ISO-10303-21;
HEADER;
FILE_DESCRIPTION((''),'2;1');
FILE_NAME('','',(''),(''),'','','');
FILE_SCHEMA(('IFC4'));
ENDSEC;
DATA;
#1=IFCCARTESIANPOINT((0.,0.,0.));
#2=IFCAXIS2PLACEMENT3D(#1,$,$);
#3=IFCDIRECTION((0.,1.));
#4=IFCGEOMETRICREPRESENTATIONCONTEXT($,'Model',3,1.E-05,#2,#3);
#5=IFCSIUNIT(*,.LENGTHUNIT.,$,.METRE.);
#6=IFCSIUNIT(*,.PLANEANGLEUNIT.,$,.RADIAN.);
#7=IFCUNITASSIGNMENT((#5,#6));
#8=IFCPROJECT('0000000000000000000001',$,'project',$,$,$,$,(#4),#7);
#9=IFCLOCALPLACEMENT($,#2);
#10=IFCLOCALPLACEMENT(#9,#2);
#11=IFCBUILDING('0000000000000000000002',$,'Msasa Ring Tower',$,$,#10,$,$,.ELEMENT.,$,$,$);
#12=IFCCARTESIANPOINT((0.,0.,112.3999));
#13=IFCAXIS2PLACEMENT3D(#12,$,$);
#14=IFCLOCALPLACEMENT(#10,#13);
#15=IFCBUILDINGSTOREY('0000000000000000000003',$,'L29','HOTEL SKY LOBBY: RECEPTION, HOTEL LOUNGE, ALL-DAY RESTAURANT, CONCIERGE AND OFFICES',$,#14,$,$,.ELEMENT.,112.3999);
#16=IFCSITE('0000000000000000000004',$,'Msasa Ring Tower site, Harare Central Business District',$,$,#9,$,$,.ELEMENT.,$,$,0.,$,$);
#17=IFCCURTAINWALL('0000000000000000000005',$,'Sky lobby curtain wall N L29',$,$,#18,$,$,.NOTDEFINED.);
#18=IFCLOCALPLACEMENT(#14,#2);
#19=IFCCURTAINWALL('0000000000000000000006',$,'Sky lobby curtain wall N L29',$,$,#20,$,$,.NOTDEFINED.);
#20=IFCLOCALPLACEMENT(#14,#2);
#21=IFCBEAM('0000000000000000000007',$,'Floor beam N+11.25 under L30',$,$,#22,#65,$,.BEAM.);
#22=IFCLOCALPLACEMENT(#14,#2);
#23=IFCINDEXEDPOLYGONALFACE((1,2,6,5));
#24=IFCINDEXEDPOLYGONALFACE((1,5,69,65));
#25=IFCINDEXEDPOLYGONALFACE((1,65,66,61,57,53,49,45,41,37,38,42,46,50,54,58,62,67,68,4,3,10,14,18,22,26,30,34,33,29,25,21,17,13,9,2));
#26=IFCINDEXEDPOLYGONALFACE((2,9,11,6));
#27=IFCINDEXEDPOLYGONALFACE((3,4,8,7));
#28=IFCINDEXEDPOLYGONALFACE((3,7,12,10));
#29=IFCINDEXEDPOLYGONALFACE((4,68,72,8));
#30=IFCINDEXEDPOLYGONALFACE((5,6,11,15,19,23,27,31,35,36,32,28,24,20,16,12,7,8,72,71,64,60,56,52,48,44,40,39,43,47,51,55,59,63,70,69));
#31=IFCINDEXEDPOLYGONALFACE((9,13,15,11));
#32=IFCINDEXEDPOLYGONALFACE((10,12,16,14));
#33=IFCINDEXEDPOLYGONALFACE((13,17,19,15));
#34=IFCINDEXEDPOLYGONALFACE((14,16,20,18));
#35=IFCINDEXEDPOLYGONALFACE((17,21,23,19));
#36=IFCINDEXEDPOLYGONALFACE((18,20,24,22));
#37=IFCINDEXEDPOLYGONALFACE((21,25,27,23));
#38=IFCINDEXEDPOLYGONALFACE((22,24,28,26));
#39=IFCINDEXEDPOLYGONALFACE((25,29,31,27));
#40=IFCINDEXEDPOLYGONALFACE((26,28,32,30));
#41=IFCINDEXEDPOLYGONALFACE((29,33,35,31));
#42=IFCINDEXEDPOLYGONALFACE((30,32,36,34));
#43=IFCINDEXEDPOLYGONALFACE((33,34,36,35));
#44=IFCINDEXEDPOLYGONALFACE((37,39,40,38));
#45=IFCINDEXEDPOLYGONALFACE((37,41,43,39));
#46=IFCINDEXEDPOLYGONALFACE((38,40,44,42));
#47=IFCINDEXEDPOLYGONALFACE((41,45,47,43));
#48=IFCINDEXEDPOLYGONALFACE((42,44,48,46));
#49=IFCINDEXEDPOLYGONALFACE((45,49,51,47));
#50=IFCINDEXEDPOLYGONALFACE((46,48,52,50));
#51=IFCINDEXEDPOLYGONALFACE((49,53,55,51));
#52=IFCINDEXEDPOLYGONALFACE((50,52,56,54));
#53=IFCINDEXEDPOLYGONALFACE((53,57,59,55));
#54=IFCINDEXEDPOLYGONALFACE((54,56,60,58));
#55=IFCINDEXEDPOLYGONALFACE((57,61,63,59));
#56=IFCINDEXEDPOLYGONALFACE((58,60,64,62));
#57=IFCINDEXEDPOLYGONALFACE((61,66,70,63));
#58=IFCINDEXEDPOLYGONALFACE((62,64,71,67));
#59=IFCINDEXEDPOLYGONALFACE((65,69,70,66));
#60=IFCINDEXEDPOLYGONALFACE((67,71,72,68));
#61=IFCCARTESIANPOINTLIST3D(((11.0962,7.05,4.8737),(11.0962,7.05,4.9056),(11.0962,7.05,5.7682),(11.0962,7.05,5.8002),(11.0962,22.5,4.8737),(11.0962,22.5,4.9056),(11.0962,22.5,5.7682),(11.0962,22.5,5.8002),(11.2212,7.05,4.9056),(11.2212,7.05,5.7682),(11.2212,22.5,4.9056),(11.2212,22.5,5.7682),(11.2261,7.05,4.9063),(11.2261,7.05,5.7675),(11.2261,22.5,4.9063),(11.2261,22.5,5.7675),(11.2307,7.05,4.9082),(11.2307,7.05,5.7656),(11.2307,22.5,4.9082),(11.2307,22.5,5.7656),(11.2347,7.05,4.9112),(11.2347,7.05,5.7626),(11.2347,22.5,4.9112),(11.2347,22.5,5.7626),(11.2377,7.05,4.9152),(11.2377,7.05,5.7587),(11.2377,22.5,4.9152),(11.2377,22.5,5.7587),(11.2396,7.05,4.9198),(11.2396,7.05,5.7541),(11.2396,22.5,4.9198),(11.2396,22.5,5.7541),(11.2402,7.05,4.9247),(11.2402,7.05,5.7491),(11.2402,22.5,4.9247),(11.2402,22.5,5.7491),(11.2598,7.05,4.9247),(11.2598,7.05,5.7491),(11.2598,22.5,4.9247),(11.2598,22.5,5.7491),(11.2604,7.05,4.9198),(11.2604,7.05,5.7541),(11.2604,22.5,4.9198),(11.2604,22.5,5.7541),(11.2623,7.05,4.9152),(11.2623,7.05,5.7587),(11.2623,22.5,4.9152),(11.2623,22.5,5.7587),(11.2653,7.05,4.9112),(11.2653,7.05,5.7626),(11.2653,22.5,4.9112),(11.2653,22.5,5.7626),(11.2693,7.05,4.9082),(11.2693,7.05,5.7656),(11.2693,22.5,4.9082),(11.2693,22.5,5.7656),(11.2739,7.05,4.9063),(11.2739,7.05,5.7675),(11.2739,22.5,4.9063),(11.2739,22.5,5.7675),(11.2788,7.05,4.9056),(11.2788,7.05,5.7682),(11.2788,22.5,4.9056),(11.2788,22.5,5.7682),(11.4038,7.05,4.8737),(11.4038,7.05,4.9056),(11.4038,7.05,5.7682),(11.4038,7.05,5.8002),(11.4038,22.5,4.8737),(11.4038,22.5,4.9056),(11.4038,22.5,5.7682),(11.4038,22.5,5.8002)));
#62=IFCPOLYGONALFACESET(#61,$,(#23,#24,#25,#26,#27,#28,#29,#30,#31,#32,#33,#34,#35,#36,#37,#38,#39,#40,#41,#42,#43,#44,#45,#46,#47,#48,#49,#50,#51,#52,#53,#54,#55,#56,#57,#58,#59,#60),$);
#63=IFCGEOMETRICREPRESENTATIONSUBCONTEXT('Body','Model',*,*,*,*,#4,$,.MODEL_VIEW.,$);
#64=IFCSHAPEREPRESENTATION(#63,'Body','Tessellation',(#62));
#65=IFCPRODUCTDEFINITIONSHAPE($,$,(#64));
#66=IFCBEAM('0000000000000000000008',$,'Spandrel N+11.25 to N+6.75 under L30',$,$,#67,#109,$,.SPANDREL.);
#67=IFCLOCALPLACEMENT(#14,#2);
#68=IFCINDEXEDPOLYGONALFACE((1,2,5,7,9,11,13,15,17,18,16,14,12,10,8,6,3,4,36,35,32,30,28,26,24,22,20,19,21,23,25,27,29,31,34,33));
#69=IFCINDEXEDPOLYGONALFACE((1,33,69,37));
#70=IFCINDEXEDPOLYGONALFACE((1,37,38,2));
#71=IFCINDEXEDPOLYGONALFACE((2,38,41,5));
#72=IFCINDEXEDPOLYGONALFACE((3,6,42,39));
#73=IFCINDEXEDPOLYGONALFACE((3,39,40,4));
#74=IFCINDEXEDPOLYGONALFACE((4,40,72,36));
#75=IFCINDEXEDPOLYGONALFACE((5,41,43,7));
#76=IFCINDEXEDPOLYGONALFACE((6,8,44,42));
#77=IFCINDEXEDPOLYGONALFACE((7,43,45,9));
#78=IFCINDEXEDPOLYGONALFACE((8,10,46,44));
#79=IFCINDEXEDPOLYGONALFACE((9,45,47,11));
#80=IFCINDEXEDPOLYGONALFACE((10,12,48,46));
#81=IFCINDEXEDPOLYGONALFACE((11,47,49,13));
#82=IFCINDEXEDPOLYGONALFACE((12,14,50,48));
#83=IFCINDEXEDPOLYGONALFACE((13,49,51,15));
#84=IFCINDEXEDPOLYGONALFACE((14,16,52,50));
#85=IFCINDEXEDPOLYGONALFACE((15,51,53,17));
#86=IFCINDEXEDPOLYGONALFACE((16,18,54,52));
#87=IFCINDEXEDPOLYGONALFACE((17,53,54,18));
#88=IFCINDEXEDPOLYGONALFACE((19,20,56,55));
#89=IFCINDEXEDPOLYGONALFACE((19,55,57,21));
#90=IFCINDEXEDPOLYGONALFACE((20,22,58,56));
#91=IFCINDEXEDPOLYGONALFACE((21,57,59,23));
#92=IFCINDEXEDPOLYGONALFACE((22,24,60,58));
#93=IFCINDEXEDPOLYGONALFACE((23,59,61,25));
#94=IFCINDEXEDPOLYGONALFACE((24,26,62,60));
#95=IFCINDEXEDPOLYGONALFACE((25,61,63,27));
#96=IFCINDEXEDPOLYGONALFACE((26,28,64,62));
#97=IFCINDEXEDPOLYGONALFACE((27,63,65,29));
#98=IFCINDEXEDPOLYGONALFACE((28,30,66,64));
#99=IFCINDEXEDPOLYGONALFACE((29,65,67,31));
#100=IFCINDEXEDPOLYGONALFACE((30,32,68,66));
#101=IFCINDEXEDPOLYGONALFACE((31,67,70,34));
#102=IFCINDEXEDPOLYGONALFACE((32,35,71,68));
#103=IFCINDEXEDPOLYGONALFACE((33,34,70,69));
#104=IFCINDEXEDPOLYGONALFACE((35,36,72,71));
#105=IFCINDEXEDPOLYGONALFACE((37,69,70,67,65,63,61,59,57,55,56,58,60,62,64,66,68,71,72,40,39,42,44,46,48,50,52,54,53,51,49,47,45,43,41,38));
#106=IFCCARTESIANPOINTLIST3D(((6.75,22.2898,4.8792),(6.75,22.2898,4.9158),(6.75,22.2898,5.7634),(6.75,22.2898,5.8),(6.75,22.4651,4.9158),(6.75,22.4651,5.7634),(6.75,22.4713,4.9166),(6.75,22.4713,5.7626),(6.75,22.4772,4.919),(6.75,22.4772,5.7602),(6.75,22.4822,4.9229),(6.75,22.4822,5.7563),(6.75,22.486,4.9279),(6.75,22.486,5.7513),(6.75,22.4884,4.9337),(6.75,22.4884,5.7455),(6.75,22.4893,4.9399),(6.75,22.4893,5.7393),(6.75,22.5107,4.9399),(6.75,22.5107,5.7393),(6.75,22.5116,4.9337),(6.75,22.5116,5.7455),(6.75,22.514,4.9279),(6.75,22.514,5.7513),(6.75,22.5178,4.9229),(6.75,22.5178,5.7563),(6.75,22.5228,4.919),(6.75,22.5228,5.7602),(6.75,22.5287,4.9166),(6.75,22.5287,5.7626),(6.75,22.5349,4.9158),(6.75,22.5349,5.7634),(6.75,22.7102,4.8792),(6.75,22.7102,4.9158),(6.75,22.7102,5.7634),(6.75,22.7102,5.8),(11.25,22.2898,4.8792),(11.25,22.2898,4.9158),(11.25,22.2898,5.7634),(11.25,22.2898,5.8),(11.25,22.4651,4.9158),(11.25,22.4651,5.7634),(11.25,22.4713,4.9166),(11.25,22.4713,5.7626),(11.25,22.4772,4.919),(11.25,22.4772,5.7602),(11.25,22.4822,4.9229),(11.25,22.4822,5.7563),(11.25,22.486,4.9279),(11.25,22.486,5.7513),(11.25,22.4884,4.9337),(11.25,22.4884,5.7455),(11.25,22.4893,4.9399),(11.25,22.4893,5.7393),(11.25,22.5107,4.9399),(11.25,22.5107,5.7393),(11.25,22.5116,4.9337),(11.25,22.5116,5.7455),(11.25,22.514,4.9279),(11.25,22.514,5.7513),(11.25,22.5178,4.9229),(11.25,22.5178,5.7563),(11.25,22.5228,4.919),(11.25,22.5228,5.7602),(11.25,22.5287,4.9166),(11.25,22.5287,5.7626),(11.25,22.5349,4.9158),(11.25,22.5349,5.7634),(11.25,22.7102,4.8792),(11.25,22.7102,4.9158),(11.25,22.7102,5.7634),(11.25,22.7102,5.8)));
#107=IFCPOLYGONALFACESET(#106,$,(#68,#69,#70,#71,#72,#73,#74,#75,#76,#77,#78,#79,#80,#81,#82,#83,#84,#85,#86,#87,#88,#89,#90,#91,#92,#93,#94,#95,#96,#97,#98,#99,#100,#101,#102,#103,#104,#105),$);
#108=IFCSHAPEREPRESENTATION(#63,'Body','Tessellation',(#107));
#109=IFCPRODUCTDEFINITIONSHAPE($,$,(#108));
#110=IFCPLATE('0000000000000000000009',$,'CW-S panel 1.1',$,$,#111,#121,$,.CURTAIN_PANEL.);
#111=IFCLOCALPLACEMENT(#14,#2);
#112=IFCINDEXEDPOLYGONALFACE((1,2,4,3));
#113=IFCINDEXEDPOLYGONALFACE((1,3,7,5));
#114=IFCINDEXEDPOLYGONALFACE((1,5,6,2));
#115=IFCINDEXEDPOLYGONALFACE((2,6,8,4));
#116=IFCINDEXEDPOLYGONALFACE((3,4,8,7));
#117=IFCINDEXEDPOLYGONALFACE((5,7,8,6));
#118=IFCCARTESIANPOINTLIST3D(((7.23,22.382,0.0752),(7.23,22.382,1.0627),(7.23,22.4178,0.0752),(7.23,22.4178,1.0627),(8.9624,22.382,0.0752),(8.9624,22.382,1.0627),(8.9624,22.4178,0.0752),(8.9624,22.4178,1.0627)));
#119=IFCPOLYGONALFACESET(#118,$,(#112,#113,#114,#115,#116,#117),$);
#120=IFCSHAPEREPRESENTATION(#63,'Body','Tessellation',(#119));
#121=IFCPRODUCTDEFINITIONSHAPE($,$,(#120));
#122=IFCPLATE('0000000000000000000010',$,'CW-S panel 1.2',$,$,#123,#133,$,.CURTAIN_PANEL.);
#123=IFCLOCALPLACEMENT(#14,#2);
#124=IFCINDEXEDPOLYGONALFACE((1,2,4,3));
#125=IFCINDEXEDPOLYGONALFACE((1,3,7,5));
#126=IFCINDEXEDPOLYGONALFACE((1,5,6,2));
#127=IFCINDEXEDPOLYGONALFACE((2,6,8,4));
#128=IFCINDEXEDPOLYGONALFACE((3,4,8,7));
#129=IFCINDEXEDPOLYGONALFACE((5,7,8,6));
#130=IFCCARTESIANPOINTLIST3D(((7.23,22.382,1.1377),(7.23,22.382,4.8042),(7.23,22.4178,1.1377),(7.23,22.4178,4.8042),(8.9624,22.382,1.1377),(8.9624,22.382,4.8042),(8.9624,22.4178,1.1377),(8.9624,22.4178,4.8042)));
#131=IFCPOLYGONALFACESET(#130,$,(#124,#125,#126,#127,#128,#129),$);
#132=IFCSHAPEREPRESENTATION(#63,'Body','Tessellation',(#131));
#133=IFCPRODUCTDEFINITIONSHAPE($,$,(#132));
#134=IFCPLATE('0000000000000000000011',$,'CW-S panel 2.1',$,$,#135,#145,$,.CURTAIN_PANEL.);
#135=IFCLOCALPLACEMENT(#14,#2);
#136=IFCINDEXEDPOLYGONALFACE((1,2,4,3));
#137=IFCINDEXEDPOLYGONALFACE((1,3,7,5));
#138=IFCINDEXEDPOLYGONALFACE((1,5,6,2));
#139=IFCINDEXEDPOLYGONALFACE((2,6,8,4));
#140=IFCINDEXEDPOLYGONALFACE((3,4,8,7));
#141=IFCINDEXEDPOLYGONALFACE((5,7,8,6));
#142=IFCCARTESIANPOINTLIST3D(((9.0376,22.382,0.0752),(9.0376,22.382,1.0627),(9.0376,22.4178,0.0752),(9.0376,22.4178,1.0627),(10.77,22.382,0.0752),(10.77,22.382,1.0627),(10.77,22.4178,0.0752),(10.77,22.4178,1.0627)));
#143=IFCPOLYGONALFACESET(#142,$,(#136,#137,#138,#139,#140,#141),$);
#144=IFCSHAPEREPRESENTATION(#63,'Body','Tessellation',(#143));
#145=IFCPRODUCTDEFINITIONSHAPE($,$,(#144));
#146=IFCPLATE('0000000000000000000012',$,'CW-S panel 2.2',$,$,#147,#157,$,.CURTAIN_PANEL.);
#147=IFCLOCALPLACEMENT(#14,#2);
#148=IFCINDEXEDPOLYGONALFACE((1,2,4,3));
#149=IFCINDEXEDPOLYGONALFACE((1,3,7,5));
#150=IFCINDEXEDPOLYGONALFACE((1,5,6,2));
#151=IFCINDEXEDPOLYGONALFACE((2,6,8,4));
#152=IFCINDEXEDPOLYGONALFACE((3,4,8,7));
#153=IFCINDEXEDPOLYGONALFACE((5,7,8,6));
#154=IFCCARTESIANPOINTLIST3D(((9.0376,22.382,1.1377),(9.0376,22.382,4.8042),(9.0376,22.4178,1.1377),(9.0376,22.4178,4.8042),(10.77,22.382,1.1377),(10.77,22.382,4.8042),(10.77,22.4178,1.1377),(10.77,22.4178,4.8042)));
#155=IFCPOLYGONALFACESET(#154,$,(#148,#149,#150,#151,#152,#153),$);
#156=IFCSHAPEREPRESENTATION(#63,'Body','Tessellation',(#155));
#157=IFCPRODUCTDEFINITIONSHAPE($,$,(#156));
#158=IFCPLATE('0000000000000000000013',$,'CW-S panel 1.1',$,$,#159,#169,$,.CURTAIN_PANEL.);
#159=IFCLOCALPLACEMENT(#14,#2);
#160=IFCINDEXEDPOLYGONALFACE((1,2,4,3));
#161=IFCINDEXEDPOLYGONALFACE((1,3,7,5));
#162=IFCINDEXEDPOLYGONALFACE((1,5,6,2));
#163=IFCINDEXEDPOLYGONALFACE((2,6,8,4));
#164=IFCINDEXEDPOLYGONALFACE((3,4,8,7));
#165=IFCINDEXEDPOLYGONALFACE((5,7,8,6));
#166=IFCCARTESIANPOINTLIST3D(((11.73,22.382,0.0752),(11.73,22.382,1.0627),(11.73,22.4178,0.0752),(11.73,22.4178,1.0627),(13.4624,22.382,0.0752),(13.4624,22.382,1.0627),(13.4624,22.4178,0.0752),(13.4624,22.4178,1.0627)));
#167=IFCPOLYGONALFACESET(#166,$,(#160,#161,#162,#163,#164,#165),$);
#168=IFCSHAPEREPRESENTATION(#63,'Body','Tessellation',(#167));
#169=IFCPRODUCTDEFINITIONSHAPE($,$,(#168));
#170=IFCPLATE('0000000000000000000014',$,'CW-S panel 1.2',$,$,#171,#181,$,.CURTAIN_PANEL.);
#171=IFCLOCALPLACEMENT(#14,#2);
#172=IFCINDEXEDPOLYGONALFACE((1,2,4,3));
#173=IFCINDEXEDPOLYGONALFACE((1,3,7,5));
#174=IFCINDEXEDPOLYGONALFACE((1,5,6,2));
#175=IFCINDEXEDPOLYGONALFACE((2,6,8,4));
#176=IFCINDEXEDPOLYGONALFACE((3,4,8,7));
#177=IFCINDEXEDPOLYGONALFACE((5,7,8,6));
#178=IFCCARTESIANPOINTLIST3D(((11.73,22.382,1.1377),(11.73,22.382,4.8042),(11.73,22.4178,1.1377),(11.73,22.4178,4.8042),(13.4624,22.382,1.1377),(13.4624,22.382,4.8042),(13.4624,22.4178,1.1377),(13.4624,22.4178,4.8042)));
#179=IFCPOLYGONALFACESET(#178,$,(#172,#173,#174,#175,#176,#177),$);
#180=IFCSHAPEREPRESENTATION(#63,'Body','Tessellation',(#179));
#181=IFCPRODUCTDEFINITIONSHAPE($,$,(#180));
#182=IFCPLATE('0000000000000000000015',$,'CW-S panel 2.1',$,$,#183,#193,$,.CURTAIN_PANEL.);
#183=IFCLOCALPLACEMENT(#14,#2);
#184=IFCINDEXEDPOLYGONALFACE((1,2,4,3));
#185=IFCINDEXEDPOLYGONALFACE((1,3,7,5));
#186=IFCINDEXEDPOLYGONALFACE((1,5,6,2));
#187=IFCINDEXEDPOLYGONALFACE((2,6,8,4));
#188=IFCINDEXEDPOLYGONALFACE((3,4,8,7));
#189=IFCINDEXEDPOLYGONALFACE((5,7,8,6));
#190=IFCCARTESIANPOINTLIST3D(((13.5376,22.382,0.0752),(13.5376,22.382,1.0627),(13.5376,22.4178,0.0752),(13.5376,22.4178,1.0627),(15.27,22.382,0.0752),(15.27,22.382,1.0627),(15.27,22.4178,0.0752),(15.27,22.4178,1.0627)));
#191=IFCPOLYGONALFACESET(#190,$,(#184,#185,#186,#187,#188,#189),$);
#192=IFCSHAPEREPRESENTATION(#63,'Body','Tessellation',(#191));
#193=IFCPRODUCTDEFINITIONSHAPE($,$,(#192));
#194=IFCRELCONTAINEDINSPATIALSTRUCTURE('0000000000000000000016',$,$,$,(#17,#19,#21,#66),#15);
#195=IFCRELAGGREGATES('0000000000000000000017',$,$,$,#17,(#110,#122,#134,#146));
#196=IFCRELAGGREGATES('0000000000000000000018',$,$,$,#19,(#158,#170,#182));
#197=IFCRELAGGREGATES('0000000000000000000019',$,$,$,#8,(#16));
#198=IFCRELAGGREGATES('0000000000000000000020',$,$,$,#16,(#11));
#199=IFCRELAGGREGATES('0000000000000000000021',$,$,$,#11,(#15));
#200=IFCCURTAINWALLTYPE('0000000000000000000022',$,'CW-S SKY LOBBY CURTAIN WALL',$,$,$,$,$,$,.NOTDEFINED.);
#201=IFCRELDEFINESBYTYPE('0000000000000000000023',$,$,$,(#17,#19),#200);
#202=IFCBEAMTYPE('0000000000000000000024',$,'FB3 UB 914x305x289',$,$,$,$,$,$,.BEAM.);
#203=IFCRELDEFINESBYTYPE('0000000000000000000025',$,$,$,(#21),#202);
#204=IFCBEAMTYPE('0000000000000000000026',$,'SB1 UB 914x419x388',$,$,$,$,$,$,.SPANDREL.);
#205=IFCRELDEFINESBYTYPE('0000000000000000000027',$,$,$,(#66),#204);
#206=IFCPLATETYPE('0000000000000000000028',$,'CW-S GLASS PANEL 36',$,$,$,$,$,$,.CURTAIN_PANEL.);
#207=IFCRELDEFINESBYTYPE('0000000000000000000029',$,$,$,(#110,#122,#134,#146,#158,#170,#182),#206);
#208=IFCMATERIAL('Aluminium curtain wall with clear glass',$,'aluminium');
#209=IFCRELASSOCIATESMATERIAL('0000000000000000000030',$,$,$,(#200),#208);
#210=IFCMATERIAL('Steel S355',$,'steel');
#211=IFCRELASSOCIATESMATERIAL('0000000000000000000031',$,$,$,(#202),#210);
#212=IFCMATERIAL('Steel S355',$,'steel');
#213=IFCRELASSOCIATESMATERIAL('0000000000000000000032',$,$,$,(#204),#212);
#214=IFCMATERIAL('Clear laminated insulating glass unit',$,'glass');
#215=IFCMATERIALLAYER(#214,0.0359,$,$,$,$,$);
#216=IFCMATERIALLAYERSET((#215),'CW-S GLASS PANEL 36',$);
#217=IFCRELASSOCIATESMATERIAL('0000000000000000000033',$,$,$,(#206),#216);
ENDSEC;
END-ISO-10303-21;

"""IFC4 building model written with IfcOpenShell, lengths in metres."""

from ifc_helpers import new_model, si_unit, direction, frame, origin, origin_2d, place, context, subcontext, project, spatial, rectangle, i_section, extrude, material, layer, layer_set, material_profile, profile_set, type_object, element, aggregate, save


model = new_model("IFC4")

# Units and contexts
model_context = context("Model", 3, precision=1e-05, world=origin(), true_north=direction((0.0, 1.0)))
body_context = subcontext(model_context, "Body", "Model", "MODEL_VIEW")
ifc_project = project(units=[si_unit("LENGTHUNIT", "METRE"), si_unit("PLANEANGLEUNIT", "RADIAN")], contexts=[model_context])

# Site, building, storey
site_placement = place(None, origin())
site = spatial("IfcSite", under=ifc_project, at=site_placement, Name="Msasa Ring Tower site, Harare Central Business District", CompositionType="ELEMENT", RefElevation=0.0)
building_placement = place(site_placement, origin())
building = spatial("IfcBuilding", under=site, at=building_placement, Name="Msasa Ring Tower", CompositionType="ELEMENT")
storey_placement = place(building_placement, frame((0.0, 0.0, 112.3999)))
storey = spatial("IfcBuildingStorey", under=building, at=storey_placement, Name="L29", Description="HOTEL SKY LOBBY: RECEPTION, HOTEL LOUNGE, ALL-DAY RESTAURANT, CONCIERGE AND OFFICES", CompositionType="ELEMENT", Elevation=112.3999)

# Curtain walls
ifc_material_1 = material(Name="Aluminium curtain wall with clear glass", Category="aluminium")
curtain_wall_type = type_object("IfcCurtainWallType", Name="CW-S SKY LOBBY CURTAIN WALL", PredefinedType="NOTDEFINED", material=ifc_material_1)
curtain_wall_1_placement = place(storey_placement, origin())
curtain_wall_1 = element("IfcCurtainWall", 1, at=curtain_wall_1_placement, inside=storey, type_object=curtain_wall_type, Name="Sky lobby curtain wall N L29", PredefinedType="NOTDEFINED")
curtain_wall_2_placement = place(storey_placement, origin())
curtain_wall_2 = element("IfcCurtainWall", 2, at=curtain_wall_2_placement, inside=storey, type_object=curtain_wall_type, Name="Sky lobby curtain wall N L29", PredefinedType="NOTDEFINED")

# Beams
ifc_material_2 = material(Name="Steel S355", Category="steel")
ifc_material_profile_1 = material_profile(ifc_material_2, i_section(OverallWidth=0.3076, OverallDepth=0.9265, WebThickness=0.0195, FlangeThickness=0.032, FilletRadius=0.019, at=origin_2d()), Name="UB 914x305x289")
ifc_profile_set_1 = profile_set([ifc_material_profile_1], Name="Steel S355")
beam_type_1 = type_object("IfcBeamType", Name="FB3 UB 914x305x289", PredefinedType="BEAM", material=ifc_profile_set_1)
beam_1_placement = place(storey_placement, frame((11.25, 22.5, 5.3369), z_axis=(0.0, -1.0, 0.0), x_axis=(1.0, 0.0, 0.0)))
element("IfcBeam", 3, at=beam_1_placement, inside=storey, type_object=beam_type_1, Name="Floor beam N+11.25 under L30", PredefinedType="BEAM", context=body_context, shape_type="SweptSolid", body=[
    extrude(i_section(OverallWidth=0.3076, OverallDepth=0.9265, WebThickness=0.0195, FlangeThickness=0.032, FilletRadius=0.019, at=origin_2d()), origin(), (0.0, 0.0, 1.0), 15.45),
])
ifc_material_3 = material(Name="Steel S355", Category="steel")
ifc_material_profile_2 = material_profile(ifc_material_3, i_section(OverallWidth=0.4204, OverallDepth=0.9209, WebThickness=0.0215, FlangeThickness=0.0366, FilletRadius=0.0242, at=origin_2d()), Name="UB 914x419x388")
ifc_profile_set_2 = profile_set([ifc_material_profile_2], Name="Steel S355")
beam_type_2 = type_object("IfcBeamType", Name="SB1 UB 914x419x388", PredefinedType="SPANDREL", material=ifc_profile_set_2)
beam_2_placement = place(storey_placement, frame((11.25, 22.5, 5.3396), z_axis=(-1.0, 0.0, 0.0), x_axis=(0.0, -1.0, 0.0)))
element("IfcBeam", 4, at=beam_2_placement, inside=storey, type_object=beam_type_2, Name="Spandrel N+11.25 to N+6.75 under L30", PredefinedType="SPANDREL", context=body_context, shape_type="SweptSolid", body=[
    extrude(i_section(OverallWidth=0.4204, OverallDepth=0.9209, WebThickness=0.0215, FlangeThickness=0.0366, FilletRadius=0.0242, at=origin_2d()), origin(), (0.0, 0.0, 1.0), 4.5),
])

# Plates
ifc_material_4 = material(Name="Clear laminated insulating glass unit", Category="glass")
ifc_layer = layer(ifc_material_4, 0.0359)
ifc_layer_set = layer_set([ifc_layer], Name="CW-S GLASS PANEL 36")
plate_type = type_object("IfcPlateType", Name="CW-S GLASS PANEL 36", PredefinedType="CURTAIN_PANEL", material=ifc_layer_set)
plate_1_placement = place(storey_placement, frame((8.0962, 22.3999, 0.0752), z_axis=(0.0, 0.0, 1.0), x_axis=(1.0, 0.0, 0.0)))
plate_1 = element("IfcPlate", 5, at=plate_1_placement, type_object=plate_type, Name="CW-S panel 1.1", PredefinedType="CURTAIN_PANEL", context=body_context, shape_type="SweptSolid", body=[
    extrude(rectangle(XDim=1.7324, YDim=0.0359, at=origin_2d()), origin(), (0.0, 0.0, 1.0), 0.9875),
])
plate_2_placement = place(storey_placement, frame((8.0962, 22.3999, 1.1377), z_axis=(0.0, 0.0, 1.0), x_axis=(1.0, 0.0, 0.0)))
plate_2 = element("IfcPlate", 6, at=plate_2_placement, type_object=plate_type, Name="CW-S panel 1.2", PredefinedType="CURTAIN_PANEL", context=body_context, shape_type="SweptSolid", body=[
    extrude(rectangle(XDim=1.7324, YDim=0.0359, at=origin_2d()), origin(), (0.0, 0.0, 1.0), 3.6665),
])
plate_3_placement = place(storey_placement, frame((9.9038, 22.3999, 0.0752), z_axis=(0.0, 0.0, 1.0), x_axis=(1.0, 0.0, 0.0)))
plate_3 = element("IfcPlate", 7, at=plate_3_placement, type_object=plate_type, Name="CW-S panel 2.1", PredefinedType="CURTAIN_PANEL", context=body_context, shape_type="SweptSolid", body=[
    extrude(rectangle(XDim=1.7324, YDim=0.0359, at=origin_2d()), origin(), (0.0, 0.0, 1.0), 0.9875),
])
plate_4_placement = place(storey_placement, frame((9.9038, 22.3999, 1.1377), z_axis=(0.0, 0.0, 1.0), x_axis=(1.0, 0.0, 0.0)))
plate_4 = element("IfcPlate", 8, at=plate_4_placement, type_object=plate_type, Name="CW-S panel 2.2", PredefinedType="CURTAIN_PANEL", context=body_context, shape_type="SweptSolid", body=[
    extrude(rectangle(XDim=1.7324, YDim=0.0359, at=origin_2d()), origin(), (0.0, 0.0, 1.0), 3.6665),
])
aggregate(curtain_wall_1, [plate_1, plate_2, plate_3, plate_4])
plate_5_placement = place(storey_placement, frame((12.5962, 22.3999, 0.0752), z_axis=(0.0, 0.0, 1.0), x_axis=(1.0, 0.0, 0.0)))
plate_5 = element("IfcPlate", 9, at=plate_5_placement, type_object=plate_type, Name="CW-S panel 1.1", PredefinedType="CURTAIN_PANEL", context=body_context, shape_type="SweptSolid", body=[
    extrude(rectangle(XDim=1.7324, YDim=0.0359, at=origin_2d()), origin(), (0.0, 0.0, 1.0), 0.9875),
])
plate_6_placement = place(storey_placement, frame((12.5962, 22.3999, 1.1377), z_axis=(0.0, 0.0, 1.0), x_axis=(1.0, 0.0, 0.0)))
plate_6 = element("IfcPlate", 10, at=plate_6_placement, type_object=plate_type, Name="CW-S panel 1.2", PredefinedType="CURTAIN_PANEL", context=body_context, shape_type="SweptSolid", body=[
    extrude(rectangle(XDim=1.7324, YDim=0.0359, at=origin_2d()), origin(), (0.0, 0.0, 1.0), 3.6665),
])
plate_7_placement = place(storey_placement, frame((14.4038, 22.3999, 0.0752), z_axis=(0.0, 0.0, 1.0), x_axis=(1.0, 0.0, 0.0)))
plate_7 = element("IfcPlate", 11, at=plate_7_placement, type_object=plate_type, Name="CW-S panel 2.1", PredefinedType="CURTAIN_PANEL", context=body_context, shape_type="SweptSolid", body=[
    extrude(rectangle(XDim=1.7324, YDim=0.0359, at=origin_2d()), origin(), (0.0, 0.0, 1.0), 0.9875),
])
aggregate(curtain_wall_2, [plate_5, plate_6, plate_7])

save(model, "model.ifc")
